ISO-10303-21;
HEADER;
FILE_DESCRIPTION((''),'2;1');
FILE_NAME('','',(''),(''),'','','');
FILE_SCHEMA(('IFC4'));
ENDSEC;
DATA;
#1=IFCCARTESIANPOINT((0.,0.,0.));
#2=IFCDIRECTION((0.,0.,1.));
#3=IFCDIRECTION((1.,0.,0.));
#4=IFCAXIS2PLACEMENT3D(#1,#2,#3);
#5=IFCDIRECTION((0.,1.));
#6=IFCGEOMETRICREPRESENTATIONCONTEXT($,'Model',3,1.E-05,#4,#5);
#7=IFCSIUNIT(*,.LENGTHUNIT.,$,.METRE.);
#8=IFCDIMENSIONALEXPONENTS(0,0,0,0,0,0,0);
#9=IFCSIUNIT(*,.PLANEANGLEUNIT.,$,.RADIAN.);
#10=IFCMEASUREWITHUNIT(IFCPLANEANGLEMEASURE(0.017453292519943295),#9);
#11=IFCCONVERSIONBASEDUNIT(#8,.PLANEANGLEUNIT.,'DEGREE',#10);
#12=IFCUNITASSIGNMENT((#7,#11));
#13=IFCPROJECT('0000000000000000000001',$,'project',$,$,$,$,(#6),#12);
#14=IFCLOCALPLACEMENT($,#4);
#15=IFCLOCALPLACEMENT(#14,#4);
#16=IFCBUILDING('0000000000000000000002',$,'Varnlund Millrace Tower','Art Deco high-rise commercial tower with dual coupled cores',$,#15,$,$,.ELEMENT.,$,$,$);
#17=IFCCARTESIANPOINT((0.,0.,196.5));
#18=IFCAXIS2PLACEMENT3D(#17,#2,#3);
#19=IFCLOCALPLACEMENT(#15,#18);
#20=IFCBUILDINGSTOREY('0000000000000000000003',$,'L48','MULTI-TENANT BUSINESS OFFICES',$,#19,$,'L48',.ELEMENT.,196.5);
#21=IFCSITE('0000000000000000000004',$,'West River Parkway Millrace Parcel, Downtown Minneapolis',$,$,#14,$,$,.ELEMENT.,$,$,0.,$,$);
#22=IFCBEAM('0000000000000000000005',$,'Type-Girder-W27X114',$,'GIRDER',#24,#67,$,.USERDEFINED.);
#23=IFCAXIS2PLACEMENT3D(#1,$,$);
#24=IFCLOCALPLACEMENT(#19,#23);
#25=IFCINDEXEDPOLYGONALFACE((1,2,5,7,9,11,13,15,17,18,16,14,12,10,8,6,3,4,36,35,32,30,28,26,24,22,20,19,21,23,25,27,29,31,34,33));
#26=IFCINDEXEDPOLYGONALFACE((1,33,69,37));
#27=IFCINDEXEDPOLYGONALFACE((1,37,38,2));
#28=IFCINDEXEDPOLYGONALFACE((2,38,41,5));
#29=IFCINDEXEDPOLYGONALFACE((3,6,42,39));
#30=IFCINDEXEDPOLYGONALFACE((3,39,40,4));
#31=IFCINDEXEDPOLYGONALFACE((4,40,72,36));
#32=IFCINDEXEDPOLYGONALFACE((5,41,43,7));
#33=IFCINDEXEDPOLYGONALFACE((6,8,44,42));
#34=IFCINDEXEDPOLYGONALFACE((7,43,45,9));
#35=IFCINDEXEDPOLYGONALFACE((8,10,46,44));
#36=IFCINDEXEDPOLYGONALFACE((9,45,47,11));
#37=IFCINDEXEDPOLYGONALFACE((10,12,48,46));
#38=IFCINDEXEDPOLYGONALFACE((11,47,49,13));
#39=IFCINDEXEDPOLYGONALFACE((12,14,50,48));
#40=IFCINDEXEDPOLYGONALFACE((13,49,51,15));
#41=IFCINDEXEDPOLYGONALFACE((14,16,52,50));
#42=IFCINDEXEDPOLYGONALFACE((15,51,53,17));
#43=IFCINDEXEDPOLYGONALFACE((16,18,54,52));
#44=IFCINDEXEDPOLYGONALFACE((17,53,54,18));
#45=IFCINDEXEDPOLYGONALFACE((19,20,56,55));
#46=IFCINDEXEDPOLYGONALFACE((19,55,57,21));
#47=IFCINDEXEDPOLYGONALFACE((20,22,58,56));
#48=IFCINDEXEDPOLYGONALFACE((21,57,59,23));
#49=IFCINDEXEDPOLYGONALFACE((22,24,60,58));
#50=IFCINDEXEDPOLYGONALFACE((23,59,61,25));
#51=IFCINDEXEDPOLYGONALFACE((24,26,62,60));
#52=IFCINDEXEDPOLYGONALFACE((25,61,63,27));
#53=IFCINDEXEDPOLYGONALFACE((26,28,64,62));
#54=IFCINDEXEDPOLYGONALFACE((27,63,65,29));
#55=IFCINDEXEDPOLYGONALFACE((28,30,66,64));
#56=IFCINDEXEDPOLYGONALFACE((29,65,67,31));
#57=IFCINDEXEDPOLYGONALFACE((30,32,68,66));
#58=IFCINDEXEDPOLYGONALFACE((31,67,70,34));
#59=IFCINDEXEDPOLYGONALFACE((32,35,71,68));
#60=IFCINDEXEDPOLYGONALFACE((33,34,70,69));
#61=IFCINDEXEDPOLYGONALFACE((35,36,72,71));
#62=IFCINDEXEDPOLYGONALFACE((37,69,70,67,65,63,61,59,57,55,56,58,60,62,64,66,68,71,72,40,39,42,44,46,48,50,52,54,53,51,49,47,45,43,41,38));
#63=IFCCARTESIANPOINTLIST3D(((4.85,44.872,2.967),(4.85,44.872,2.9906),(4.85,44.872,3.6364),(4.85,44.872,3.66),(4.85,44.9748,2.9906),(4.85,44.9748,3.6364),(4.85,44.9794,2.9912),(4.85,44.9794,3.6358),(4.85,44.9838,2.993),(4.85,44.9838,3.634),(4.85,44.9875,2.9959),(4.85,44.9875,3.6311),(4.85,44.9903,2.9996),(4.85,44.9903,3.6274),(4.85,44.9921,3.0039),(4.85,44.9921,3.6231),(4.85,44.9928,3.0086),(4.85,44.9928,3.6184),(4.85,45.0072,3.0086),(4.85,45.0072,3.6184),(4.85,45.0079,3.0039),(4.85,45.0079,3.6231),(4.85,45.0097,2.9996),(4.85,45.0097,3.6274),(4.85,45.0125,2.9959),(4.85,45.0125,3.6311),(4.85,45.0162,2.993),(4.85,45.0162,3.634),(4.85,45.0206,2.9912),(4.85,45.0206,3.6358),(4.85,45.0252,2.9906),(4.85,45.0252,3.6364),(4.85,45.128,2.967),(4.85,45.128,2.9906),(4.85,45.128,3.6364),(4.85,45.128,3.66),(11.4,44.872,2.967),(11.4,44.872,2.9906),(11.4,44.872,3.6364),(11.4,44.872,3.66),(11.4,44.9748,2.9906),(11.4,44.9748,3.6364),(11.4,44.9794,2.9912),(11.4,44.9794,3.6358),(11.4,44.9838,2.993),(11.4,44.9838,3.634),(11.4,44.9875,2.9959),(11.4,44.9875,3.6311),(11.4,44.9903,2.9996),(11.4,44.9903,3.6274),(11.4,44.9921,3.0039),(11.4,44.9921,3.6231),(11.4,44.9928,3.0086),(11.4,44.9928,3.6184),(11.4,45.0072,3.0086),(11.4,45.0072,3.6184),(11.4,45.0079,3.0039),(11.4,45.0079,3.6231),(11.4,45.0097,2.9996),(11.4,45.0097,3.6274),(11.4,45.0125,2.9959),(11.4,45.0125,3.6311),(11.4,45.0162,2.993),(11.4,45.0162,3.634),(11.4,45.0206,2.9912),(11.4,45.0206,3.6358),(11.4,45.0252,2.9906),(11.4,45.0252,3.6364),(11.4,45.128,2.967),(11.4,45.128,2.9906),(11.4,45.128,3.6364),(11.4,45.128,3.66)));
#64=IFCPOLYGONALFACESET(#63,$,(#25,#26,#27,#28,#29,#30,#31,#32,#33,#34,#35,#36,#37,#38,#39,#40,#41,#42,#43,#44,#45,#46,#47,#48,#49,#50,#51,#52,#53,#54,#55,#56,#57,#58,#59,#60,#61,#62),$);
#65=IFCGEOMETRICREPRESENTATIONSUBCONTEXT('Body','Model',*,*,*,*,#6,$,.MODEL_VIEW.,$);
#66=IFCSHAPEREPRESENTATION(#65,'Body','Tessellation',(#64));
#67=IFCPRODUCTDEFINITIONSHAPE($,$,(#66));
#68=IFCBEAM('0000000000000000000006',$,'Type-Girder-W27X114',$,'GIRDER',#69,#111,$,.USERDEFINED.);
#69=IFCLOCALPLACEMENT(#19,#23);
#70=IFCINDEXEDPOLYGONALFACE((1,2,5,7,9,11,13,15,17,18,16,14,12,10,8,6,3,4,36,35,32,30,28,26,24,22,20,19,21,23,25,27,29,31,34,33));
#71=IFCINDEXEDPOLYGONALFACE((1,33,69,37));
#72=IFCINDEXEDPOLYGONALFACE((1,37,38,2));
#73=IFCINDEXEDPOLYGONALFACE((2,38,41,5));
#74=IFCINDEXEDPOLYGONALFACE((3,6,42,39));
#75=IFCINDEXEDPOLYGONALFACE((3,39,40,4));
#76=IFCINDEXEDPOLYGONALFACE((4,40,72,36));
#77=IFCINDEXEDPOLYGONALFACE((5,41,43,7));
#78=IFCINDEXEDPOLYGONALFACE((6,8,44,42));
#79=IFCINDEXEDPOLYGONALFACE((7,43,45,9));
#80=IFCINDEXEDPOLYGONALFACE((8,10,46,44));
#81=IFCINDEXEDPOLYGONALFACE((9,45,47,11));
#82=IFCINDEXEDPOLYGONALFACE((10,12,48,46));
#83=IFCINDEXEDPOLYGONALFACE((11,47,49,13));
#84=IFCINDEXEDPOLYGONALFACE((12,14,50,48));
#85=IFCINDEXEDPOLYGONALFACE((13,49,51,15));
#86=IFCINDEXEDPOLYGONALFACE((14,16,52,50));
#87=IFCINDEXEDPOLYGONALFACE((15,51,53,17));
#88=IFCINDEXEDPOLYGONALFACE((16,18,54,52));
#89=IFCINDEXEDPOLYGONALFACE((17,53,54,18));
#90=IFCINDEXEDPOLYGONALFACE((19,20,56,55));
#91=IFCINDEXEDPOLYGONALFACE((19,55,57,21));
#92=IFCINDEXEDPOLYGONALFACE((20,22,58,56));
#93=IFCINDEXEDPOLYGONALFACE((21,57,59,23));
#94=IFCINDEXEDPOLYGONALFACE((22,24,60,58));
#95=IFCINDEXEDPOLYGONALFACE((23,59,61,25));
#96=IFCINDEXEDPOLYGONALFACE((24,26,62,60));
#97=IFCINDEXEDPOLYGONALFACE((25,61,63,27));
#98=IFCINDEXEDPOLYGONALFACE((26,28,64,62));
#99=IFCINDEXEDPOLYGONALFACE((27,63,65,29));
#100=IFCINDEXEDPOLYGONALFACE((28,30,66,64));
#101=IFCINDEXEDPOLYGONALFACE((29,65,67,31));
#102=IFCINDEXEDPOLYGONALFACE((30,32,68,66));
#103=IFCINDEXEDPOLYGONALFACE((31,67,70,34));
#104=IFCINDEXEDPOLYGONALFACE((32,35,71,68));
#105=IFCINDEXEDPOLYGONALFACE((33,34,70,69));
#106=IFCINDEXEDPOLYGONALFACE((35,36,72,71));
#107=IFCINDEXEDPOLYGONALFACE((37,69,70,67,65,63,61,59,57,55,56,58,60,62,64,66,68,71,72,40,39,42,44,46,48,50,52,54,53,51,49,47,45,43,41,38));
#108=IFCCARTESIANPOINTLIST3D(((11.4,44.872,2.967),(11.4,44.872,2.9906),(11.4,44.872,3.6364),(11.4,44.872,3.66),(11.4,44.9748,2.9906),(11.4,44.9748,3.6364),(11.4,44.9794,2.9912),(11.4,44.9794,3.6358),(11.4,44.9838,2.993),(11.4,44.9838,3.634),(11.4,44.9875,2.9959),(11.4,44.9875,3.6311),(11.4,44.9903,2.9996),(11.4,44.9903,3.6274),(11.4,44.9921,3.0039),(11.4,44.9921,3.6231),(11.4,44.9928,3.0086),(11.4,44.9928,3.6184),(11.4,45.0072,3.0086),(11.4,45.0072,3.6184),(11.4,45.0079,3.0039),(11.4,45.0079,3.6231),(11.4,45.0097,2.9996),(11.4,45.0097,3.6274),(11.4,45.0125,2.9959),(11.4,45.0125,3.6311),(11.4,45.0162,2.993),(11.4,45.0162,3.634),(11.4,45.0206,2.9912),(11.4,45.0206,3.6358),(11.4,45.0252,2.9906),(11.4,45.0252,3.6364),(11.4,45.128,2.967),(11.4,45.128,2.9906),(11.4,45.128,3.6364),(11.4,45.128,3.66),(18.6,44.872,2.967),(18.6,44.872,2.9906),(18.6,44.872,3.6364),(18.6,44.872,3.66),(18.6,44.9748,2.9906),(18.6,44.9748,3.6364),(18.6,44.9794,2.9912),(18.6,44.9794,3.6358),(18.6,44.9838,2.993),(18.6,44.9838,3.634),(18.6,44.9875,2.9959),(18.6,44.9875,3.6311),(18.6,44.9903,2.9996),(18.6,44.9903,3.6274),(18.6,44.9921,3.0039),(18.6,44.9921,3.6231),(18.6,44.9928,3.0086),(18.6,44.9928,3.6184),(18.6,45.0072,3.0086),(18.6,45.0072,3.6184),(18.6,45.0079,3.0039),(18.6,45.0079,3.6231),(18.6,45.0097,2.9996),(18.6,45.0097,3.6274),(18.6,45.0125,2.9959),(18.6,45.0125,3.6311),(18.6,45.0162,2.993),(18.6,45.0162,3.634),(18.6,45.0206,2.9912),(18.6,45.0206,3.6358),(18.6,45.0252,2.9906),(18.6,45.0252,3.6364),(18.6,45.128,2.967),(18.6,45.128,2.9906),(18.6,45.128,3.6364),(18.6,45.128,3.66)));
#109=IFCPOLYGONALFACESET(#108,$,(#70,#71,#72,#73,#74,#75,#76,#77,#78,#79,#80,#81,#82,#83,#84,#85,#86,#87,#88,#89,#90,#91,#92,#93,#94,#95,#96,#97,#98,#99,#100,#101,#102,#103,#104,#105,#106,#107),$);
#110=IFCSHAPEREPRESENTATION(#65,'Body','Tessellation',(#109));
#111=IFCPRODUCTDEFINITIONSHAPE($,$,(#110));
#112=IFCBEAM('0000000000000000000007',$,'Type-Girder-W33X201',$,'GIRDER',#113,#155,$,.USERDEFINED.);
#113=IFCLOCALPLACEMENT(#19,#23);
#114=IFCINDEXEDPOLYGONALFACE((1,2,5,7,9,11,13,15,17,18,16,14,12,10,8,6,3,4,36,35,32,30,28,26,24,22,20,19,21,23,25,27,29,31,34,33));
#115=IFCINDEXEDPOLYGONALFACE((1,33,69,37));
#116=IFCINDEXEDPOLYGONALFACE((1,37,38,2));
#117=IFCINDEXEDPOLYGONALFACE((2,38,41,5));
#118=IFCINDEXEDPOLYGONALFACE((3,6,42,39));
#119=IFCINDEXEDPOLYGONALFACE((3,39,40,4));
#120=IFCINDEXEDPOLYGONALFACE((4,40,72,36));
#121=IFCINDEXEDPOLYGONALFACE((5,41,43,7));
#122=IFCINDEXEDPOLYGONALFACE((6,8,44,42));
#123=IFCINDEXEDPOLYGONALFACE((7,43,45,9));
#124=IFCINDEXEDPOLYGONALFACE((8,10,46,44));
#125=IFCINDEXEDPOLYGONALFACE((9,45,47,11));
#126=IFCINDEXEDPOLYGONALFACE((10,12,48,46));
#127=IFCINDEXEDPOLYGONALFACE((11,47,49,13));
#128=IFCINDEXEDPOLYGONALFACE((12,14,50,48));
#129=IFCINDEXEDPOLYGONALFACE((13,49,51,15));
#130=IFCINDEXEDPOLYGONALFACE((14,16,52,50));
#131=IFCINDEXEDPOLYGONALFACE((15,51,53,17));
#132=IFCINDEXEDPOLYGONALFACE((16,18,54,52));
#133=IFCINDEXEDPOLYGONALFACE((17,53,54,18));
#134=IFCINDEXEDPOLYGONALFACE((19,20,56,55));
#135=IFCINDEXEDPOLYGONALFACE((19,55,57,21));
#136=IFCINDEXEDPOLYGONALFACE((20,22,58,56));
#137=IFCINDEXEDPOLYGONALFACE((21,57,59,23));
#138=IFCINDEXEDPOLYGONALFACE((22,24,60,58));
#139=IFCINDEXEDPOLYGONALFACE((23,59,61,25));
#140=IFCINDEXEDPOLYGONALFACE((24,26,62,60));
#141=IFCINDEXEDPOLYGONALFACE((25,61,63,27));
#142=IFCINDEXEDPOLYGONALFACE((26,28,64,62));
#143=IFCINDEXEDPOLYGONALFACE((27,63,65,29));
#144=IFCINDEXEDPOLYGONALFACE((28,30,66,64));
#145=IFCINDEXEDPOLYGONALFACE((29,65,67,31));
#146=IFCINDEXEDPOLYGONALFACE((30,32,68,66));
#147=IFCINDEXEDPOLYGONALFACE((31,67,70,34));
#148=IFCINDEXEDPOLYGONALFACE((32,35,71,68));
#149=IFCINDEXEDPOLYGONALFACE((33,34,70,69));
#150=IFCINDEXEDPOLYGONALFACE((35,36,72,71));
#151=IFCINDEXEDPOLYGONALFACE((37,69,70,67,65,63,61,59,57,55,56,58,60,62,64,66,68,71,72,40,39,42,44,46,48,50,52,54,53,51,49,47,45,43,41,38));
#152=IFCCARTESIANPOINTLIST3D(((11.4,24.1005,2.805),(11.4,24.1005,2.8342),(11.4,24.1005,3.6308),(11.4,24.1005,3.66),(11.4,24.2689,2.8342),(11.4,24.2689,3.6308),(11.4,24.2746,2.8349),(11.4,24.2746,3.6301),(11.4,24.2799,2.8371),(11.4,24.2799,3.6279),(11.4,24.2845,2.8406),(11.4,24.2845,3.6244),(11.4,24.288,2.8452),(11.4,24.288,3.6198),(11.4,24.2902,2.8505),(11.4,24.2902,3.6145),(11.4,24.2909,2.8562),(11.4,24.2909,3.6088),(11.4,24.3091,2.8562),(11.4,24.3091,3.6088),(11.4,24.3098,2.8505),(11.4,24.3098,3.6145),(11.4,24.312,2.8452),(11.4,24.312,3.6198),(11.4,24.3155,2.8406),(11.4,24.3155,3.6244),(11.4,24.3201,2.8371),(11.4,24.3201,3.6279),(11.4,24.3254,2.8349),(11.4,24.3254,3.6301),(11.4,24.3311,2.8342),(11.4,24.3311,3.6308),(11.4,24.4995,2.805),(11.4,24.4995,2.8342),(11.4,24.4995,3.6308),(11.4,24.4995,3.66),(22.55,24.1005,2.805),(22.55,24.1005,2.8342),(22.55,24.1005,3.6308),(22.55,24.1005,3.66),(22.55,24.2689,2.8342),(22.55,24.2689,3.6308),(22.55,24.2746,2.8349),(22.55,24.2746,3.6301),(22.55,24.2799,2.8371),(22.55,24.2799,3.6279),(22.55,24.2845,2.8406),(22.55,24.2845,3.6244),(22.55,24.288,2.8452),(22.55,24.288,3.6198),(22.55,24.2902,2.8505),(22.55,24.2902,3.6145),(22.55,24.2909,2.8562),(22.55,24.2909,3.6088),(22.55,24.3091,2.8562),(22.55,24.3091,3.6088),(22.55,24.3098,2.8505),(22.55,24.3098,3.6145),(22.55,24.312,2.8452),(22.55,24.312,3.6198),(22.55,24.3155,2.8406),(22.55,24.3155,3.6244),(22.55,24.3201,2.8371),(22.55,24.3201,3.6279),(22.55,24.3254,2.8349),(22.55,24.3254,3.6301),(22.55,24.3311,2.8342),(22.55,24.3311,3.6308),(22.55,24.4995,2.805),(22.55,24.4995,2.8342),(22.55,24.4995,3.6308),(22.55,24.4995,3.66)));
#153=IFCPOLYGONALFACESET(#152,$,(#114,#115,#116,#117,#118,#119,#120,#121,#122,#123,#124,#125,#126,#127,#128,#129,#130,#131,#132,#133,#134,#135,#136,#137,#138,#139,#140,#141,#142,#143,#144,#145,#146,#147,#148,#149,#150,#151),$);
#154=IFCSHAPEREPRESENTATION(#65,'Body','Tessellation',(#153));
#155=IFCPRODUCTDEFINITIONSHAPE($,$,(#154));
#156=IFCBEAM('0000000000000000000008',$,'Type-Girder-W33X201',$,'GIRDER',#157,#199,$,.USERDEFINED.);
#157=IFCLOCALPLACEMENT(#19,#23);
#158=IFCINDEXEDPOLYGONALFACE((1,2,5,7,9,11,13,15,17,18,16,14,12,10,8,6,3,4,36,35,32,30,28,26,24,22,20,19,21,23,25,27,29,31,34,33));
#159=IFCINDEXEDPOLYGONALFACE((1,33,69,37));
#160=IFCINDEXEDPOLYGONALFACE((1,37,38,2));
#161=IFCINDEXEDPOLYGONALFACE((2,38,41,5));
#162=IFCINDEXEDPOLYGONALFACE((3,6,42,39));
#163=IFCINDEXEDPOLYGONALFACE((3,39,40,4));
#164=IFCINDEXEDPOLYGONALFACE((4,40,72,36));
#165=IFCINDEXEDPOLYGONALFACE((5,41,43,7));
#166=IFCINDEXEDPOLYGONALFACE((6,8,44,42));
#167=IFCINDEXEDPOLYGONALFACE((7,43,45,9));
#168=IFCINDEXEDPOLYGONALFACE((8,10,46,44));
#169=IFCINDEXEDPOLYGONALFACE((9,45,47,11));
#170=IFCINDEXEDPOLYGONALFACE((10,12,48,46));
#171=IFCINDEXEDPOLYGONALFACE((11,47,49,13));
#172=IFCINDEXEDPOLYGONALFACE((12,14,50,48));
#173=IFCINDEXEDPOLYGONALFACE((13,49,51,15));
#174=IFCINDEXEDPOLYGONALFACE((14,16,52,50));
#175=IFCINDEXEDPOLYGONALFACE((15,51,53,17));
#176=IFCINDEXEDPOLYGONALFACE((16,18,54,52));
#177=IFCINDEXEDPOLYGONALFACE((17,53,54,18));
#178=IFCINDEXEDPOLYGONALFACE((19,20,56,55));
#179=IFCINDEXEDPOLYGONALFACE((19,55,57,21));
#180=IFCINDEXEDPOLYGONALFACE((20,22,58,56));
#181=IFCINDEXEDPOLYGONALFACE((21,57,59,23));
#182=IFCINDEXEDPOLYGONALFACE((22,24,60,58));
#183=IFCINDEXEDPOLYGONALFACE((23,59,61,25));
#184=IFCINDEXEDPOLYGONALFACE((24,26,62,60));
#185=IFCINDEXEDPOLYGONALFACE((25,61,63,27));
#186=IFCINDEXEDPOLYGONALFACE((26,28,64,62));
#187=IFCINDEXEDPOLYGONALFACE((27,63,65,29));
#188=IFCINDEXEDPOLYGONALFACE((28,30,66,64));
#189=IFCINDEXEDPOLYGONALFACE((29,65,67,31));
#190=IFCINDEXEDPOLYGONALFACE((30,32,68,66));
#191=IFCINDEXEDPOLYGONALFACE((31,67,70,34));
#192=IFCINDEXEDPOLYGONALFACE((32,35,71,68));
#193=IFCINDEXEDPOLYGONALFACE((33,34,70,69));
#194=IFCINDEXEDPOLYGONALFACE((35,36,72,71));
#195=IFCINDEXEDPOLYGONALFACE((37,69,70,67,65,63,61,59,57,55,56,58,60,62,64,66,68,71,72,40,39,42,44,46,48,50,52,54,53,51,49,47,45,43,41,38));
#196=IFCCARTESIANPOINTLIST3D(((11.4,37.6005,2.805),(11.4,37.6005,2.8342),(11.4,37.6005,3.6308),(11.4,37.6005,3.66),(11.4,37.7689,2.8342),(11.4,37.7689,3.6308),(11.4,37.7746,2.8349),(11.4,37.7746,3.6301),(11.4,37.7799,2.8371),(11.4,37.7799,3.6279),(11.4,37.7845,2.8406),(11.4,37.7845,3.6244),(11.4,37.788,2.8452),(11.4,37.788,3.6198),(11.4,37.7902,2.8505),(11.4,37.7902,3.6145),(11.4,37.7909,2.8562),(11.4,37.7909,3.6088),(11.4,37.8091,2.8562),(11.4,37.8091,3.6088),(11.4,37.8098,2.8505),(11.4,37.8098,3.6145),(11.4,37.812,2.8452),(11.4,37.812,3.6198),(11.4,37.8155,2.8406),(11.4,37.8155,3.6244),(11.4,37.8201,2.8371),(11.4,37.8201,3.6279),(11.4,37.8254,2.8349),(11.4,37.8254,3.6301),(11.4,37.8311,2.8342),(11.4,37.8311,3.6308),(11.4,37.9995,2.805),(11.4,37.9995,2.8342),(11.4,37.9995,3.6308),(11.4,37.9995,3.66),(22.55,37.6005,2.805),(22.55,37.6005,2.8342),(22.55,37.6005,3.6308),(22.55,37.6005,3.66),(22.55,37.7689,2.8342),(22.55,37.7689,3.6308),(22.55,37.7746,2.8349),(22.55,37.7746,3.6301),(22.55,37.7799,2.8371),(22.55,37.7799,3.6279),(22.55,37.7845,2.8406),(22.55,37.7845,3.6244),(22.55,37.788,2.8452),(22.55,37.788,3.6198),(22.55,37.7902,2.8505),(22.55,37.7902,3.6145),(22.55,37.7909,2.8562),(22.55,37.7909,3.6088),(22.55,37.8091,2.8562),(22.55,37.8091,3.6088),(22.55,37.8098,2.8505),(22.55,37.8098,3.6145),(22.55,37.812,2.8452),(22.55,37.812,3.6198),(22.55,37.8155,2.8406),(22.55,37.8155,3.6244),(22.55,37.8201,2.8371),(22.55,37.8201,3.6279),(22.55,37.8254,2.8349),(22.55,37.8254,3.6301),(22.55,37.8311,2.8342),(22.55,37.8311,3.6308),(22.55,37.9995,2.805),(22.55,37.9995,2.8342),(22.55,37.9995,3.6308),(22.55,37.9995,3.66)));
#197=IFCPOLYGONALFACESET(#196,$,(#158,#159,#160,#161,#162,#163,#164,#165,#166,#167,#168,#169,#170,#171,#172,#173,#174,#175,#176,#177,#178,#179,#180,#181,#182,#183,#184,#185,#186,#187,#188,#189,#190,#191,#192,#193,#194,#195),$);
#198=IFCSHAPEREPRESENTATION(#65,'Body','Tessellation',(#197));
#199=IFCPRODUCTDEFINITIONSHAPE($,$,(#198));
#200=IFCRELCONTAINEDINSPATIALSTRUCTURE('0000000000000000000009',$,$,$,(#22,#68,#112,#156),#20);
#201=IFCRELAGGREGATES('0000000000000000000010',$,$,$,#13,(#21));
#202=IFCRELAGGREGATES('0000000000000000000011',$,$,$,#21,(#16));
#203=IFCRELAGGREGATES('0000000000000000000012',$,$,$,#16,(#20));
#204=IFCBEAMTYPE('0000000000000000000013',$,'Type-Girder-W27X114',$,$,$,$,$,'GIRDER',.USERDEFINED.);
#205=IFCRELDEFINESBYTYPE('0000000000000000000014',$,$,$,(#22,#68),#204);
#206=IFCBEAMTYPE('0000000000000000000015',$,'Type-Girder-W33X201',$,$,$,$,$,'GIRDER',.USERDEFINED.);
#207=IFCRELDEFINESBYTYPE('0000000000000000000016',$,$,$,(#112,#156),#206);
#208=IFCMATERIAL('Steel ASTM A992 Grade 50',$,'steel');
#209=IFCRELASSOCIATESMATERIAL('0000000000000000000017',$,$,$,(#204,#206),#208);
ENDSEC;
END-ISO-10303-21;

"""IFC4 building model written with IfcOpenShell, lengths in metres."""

from ifc_helpers import new_model, entity, si_unit, converted_unit, direction, frame, origin_with_axes, origin_2d_with_axis, place, context, subcontext, project, spatial, i_section, extrude, material, material_profile, profile_set, type_object, element, save


model = new_model("IFC4")

# Units and contexts
model_context = context("Model", 3, precision=1e-05, world=origin_with_axes(), true_north=direction((0.0, 1.0)))
body_context = subcontext(model_context, "Body", "Model", "MODEL_VIEW")
ifc_project = project(units=[si_unit("LENGTHUNIT", "METRE"), converted_unit("PLANEANGLEUNIT", "DEGREE", entity("IfcPlaneAngleMeasure", 0.017453292519943295), si_unit("PLANEANGLEUNIT", "RADIAN"), dimensions=[0, 0, 0, 0, 0, 0, 0])], contexts=[model_context])

# Site, building, storey
site_placement = place(None, origin_with_axes())
site = spatial("IfcSite", under=ifc_project, at=site_placement, Name="West River Parkway Millrace Parcel, Downtown Minneapolis", CompositionType="ELEMENT", RefElevation=0.0)
building_placement = place(site_placement, origin_with_axes())
building = spatial("IfcBuilding", under=site, at=building_placement, Name="Varnlund Millrace Tower", Description="Art Deco high-rise commercial tower with dual coupled cores", CompositionType="ELEMENT")
storey_placement = place(building_placement, frame((0.0, 0.0, 196.5), z_axis=(0.0, 0.0, 1.0), x_axis=(1.0, 0.0, 0.0)))
storey = spatial("IfcBuildingStorey", under=building, at=storey_placement, Name="L48", Description="MULTI-TENANT BUSINESS OFFICES", LongName="L48", CompositionType="ELEMENT", Elevation=196.5)

# Beams
ifc_material_1 = material(Name="Steel ASTM A992 Grade 50", Category="steel")
ifc_material_profile_1 = material_profile(ifc_material_1, i_section(OverallWidth=0.256, OverallDepth=0.693, WebThickness=0.0145, FlangeThickness=0.0236, FilletRadius=0.018, at=origin_2d_with_axis()), Name="Steel ASTM A992 Grade 50")
ifc_profile_set_1 = profile_set([ifc_material_profile_1], Name="Steel ASTM A992 Grade 50")
beam_type_1 = type_object("IfcBeamType", Name="Type-Girder-W27X114", ElementType="GIRDER", PredefinedType="USERDEFINED", material=ifc_profile_set_1)
beam_1_placement = place(storey_placement, frame((4.85, 45.0, 3.3135), z_axis=(1.0, 0.0, 0.0), x_axis=(0.0, 1.0, 0.0)))
element("IfcBeam", 1, at=beam_1_placement, inside=storey, type_object=beam_type_1, Name="Type-Girder-W27X114", ObjectType="GIRDER", PredefinedType="USERDEFINED", context=body_context, shape_type="SweptSolid", body=[
    extrude(i_section(OverallWidth=0.256, OverallDepth=0.693, WebThickness=0.0145, FlangeThickness=0.0236, FilletRadius=0.018, at=origin_2d_with_axis()), origin_with_axes(), (0.0, 0.0, 1.0), 6.55),
])
beam_2_placement = place(storey_placement, frame((11.4, 45.0, 3.3135), z_axis=(1.0, 0.0, 0.0), x_axis=(0.0, 1.0, 0.0)))
element("IfcBeam", 2, at=beam_2_placement, inside=storey, type_object=beam_type_1, Name="Type-Girder-W27X114", ObjectType="GIRDER", PredefinedType="USERDEFINED", context=body_context, shape_type="SweptSolid", body=[
    extrude(i_section(OverallWidth=0.256, OverallDepth=0.693, WebThickness=0.0145, FlangeThickness=0.0236, FilletRadius=0.018, at=origin_2d_with_axis()), origin_with_axes(), (0.0, 0.0, 1.0), 7.2),
])
ifc_material_profile_2 = material_profile(ifc_material_1, i_section(OverallWidth=0.399, OverallDepth=0.855, WebThickness=0.0182, FlangeThickness=0.0292, FilletRadius=0.022, at=origin_2d_with_axis()), Name="Steel ASTM A992 Grade 50")
ifc_profile_set_2 = profile_set([ifc_material_profile_2], Name="Steel ASTM A992 Grade 50")
beam_type_2 = type_object("IfcBeamType", Name="Type-Girder-W33X201", ElementType="GIRDER", PredefinedType="USERDEFINED", material=ifc_profile_set_2)
for number, where, z_axis, x_axis, name in (
    (3, (11.4, 24.3, 3.2325), (1.0, 0.0, 0.0), (0.0, 1.0, 0.0), "Type-Girder-W33X201"),
    (4, (11.4, 37.8, 3.2325), (1.0, 0.0, 0.0), (0.0, 1.0, 0.0), "Type-Girder-W33X201"),
):
    element("IfcBeam", number, at=place(storey_placement, frame(where, z_axis=z_axis, x_axis=x_axis)), inside=storey, type_object=beam_type_2, Name=name, ObjectType="GIRDER", PredefinedType="USERDEFINED", context=body_context, shape_type="SweptSolid", body=[
        extrude(i_section(OverallWidth=0.399, OverallDepth=0.855, WebThickness=0.0182, FlangeThickness=0.0292, FilletRadius=0.022, at=origin_2d_with_axis()), origin_with_axes(), (0.0, 0.0, 1.0), 11.15),
    ])

save(model, "model.ifc")
